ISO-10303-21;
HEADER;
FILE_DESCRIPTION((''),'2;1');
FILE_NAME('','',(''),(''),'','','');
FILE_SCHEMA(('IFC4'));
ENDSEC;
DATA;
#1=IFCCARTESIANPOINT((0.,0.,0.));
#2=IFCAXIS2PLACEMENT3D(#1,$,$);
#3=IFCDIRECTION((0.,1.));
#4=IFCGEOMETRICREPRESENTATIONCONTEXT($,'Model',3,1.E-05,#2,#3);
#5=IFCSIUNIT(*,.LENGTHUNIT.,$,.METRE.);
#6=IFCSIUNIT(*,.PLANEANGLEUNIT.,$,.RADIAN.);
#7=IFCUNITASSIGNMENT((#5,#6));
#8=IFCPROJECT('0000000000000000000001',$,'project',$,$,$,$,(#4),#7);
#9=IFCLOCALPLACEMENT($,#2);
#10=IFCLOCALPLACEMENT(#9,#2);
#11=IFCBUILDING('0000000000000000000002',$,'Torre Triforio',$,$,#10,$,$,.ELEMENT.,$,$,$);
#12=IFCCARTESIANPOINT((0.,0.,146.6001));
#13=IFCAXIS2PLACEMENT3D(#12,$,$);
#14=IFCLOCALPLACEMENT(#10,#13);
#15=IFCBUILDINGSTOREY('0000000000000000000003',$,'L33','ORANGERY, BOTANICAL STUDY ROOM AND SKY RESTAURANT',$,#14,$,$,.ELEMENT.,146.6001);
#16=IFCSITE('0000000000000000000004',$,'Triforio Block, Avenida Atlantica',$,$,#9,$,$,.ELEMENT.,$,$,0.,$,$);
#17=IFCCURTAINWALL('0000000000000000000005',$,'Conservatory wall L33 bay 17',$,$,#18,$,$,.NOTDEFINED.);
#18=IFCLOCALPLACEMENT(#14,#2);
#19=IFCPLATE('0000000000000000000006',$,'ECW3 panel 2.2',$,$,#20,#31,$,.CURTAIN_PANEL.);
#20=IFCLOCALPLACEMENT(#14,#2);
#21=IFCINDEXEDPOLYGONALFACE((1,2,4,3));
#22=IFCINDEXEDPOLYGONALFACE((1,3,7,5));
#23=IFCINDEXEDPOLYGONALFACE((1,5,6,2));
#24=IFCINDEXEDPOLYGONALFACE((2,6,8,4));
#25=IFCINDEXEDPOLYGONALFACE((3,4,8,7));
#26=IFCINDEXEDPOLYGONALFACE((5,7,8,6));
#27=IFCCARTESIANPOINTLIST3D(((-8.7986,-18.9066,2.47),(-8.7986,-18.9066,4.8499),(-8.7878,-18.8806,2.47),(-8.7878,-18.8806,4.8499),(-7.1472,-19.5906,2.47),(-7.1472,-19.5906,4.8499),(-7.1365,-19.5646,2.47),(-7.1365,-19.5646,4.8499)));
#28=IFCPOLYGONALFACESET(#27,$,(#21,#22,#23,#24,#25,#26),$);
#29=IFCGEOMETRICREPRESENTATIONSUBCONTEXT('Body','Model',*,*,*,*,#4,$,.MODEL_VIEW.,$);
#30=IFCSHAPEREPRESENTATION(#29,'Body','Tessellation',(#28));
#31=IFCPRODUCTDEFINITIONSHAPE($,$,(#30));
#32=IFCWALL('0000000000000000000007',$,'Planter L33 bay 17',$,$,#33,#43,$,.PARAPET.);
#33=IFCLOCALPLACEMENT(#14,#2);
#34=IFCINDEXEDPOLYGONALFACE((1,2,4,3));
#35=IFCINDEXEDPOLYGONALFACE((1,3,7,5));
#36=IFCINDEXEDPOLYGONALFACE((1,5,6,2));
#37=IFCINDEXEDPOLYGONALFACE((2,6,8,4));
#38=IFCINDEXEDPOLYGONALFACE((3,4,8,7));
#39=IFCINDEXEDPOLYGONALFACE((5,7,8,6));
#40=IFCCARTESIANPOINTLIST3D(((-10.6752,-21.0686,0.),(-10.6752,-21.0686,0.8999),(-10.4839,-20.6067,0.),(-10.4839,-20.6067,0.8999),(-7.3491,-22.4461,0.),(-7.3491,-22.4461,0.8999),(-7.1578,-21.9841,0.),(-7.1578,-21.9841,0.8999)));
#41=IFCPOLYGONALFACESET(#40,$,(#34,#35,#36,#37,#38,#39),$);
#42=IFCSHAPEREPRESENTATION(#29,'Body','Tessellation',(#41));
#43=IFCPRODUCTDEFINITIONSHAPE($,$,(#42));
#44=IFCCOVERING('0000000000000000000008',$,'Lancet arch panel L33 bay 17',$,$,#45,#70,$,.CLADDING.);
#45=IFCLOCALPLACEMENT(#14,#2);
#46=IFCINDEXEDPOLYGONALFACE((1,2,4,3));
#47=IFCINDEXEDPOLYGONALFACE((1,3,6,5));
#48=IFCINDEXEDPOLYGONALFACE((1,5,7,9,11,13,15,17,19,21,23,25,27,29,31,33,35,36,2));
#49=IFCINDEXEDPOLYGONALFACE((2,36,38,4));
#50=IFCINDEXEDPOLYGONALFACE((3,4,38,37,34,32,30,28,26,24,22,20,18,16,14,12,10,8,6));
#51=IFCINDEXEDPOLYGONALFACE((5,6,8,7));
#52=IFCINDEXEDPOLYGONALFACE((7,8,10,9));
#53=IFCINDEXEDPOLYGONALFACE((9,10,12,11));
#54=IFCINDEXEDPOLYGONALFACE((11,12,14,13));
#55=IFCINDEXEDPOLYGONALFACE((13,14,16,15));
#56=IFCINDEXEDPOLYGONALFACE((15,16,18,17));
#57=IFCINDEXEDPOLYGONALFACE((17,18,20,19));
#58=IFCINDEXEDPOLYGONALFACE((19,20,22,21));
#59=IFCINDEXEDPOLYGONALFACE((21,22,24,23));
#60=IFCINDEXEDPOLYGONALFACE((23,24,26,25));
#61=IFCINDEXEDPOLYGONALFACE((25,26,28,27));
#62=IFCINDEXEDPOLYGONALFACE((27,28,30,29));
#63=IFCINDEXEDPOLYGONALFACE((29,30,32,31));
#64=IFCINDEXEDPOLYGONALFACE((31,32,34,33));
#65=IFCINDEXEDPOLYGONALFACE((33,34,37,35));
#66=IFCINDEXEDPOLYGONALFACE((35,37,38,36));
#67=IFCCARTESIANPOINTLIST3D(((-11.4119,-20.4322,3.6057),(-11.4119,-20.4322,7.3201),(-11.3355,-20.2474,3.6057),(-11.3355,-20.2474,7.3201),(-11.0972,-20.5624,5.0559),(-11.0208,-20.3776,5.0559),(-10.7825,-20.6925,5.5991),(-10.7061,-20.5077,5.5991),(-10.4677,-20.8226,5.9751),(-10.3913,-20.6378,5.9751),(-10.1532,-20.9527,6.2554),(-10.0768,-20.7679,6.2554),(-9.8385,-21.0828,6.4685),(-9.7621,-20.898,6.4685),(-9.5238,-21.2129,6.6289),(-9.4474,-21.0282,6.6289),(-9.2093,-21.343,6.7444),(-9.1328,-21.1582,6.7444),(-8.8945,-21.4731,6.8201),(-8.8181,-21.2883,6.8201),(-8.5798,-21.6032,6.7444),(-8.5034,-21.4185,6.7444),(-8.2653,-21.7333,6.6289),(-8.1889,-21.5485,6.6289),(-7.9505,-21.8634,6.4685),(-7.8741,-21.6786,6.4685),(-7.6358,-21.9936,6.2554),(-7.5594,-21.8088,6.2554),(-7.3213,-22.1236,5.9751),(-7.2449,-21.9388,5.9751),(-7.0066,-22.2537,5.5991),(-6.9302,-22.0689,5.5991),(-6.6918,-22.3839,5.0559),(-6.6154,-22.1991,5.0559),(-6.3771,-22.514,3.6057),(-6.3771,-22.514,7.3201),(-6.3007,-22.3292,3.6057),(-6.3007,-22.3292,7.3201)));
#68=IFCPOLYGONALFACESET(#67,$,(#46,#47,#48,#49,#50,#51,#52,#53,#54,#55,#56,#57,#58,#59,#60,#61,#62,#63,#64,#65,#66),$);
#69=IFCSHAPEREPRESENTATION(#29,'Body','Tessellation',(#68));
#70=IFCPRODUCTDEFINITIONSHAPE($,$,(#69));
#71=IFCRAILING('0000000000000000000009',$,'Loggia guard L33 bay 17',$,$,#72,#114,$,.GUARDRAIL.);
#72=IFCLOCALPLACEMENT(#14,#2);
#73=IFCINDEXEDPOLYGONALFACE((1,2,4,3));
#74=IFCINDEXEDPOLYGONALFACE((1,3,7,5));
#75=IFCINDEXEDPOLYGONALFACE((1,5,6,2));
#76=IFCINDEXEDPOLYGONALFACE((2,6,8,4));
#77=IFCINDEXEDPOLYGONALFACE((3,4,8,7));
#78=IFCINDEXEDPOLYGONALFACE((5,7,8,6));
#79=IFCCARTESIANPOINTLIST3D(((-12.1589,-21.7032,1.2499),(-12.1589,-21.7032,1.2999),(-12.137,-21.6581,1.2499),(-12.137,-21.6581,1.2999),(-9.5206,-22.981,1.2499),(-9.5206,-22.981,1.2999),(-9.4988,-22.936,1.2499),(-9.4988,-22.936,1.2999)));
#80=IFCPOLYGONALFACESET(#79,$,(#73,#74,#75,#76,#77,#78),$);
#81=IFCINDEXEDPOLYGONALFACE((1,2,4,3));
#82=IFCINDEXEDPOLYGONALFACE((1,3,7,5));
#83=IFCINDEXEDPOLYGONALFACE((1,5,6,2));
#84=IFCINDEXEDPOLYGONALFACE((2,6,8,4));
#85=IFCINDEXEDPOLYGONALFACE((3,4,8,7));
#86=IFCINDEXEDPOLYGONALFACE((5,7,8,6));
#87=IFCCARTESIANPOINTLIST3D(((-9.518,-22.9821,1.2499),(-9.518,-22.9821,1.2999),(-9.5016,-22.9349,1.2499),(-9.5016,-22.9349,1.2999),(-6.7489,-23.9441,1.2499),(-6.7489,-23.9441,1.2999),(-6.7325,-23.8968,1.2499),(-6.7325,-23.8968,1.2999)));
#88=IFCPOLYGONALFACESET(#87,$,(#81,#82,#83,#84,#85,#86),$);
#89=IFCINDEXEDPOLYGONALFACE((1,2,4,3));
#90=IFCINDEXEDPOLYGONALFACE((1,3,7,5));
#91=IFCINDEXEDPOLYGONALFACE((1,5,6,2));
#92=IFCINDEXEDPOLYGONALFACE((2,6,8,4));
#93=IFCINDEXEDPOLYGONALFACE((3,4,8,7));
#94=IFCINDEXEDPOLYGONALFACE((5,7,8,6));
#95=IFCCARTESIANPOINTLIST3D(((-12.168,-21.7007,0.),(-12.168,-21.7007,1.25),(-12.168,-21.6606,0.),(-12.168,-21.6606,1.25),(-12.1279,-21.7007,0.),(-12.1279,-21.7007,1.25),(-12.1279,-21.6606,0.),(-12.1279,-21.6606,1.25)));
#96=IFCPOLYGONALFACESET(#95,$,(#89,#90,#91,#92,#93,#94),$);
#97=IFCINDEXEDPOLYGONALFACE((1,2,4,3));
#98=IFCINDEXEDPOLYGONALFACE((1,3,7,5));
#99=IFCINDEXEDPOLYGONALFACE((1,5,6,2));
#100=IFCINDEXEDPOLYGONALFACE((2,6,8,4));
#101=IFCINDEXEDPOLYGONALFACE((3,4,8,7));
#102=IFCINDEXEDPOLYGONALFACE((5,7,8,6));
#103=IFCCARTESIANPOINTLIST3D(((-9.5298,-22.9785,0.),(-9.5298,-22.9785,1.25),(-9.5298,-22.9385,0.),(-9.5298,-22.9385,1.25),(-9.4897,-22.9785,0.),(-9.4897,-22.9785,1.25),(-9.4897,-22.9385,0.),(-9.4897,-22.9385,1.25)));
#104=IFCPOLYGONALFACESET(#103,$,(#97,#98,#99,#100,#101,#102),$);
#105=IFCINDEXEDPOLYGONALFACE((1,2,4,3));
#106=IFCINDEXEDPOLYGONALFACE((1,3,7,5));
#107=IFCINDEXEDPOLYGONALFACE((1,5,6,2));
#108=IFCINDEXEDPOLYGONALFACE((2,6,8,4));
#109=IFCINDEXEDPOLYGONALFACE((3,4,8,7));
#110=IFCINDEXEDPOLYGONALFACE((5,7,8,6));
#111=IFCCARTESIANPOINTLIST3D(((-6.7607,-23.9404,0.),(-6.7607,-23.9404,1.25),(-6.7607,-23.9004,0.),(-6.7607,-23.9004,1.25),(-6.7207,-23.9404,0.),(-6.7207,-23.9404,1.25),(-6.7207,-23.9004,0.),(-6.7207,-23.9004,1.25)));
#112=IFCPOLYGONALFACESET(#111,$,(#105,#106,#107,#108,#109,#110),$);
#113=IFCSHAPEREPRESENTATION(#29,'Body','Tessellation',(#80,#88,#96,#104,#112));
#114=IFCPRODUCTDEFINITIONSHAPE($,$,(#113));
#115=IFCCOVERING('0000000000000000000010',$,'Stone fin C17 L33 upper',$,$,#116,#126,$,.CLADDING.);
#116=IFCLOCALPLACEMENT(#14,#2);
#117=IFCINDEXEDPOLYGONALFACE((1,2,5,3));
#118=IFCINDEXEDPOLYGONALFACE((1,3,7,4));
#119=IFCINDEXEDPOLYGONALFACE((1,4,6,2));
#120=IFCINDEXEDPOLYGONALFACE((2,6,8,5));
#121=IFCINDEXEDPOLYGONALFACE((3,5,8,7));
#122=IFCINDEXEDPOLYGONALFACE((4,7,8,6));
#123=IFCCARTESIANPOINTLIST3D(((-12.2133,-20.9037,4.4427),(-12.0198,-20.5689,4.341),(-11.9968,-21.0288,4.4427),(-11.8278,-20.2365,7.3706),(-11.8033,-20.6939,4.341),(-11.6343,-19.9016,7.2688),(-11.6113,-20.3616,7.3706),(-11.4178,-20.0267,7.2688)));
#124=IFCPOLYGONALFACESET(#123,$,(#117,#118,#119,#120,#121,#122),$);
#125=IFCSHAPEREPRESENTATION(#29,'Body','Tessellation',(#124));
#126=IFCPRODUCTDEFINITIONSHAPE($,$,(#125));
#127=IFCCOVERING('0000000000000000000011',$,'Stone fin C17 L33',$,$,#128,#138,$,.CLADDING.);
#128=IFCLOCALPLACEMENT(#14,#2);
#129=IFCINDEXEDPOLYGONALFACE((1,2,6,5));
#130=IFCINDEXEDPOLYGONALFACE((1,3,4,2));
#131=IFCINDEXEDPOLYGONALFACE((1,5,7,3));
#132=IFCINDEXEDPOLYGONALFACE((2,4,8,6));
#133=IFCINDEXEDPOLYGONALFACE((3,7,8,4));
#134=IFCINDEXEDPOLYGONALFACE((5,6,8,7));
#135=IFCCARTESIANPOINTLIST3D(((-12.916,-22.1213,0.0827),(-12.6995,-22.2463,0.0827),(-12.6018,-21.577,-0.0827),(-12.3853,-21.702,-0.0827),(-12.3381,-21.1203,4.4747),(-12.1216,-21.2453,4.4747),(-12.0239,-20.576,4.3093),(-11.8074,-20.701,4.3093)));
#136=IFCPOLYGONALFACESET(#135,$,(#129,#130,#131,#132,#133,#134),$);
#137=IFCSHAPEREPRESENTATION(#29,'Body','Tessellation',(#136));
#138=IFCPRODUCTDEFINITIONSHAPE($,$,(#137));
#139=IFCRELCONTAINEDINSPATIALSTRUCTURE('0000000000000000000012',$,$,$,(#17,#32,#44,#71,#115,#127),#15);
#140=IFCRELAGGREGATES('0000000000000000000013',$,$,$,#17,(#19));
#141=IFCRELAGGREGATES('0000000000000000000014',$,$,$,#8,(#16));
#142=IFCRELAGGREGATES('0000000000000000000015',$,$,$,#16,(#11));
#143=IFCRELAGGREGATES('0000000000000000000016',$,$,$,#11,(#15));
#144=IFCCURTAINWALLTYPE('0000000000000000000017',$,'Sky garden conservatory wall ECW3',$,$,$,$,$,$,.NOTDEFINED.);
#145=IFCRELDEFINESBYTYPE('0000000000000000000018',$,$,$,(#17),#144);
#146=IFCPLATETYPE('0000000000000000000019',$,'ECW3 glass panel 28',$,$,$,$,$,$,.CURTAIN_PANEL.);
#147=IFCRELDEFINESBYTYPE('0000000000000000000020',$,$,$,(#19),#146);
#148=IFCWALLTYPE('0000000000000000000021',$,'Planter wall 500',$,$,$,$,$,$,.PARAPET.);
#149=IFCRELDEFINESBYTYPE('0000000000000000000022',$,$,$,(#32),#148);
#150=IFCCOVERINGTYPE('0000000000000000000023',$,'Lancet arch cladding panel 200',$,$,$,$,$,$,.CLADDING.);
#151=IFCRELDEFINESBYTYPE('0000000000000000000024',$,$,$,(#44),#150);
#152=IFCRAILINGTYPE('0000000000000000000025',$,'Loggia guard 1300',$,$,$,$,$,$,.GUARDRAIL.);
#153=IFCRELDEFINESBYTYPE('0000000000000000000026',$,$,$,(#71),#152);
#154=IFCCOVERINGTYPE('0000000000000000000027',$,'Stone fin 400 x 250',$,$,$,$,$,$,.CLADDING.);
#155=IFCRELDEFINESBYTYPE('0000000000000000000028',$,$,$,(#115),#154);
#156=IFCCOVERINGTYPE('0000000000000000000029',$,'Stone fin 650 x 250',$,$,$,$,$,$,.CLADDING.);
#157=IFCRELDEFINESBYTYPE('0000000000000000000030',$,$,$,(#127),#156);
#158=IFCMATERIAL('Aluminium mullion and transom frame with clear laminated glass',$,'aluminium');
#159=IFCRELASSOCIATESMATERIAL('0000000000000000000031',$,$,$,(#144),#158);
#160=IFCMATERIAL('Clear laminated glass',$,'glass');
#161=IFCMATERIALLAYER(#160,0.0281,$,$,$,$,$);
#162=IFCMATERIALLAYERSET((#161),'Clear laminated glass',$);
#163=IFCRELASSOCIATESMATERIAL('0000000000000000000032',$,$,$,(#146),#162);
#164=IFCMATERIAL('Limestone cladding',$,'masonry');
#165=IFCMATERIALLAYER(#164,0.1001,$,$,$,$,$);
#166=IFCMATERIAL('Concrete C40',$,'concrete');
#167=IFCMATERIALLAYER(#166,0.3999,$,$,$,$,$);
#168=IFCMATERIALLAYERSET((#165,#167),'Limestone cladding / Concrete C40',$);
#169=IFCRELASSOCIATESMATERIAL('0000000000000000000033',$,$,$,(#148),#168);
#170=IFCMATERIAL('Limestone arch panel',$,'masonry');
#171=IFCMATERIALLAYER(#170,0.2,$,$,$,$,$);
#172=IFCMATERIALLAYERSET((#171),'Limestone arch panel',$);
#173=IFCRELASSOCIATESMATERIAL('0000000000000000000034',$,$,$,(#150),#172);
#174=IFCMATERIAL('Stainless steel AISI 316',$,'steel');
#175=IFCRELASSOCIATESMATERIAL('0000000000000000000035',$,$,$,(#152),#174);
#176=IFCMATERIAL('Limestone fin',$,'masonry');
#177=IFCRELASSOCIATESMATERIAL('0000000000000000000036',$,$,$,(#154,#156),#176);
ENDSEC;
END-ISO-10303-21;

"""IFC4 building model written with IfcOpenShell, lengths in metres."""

from ifc_helpers import new_model, si_unit, direction, frame, frame_2d, origin, origin_2d, place, context, subcontext, project, spatial, polyline, rectangle, outline, extrude, material, layer, layer_set, material_profile, profile_set, type_object, element, aggregate, save


model = new_model("IFC4")

# Units and contexts
model_context = context("Model", 3, precision=1e-05, world=origin(), true_north=direction((0.0, 1.0)))
body_context = subcontext(model_context, "Body", "Model", "MODEL_VIEW")
ifc_project = project(units=[si_unit("LENGTHUNIT", "METRE"), si_unit("PLANEANGLEUNIT", "RADIAN")], contexts=[model_context])

# Site, building, storey
site_placement = place(None, origin())
site = spatial("IfcSite", under=ifc_project, at=site_placement, Name="Triforio Block, Avenida Atlantica", CompositionType="ELEMENT", RefElevation=0.0)
building_placement = place(site_placement, origin())
building = spatial("IfcBuilding", under=site, at=building_placement, Name="Torre Triforio", CompositionType="ELEMENT")
storey_placement = place(building_placement, frame((0.0, 0.0, 146.6001)))
storey = spatial("IfcBuildingStorey", under=building, at=storey_placement, Name="L33", Description="ORANGERY, BOTANICAL STUDY ROOM AND SKY RESTAURANT", CompositionType="ELEMENT", Elevation=146.6001)

# Curtain wall
ifc_material_1 = material(Name="Aluminium mullion and transom frame with clear laminated glass", Category="aluminium")
curtain_wall_type = type_object("IfcCurtainWallType", Name="Sky garden conservatory wall ECW3", PredefinedType="NOTDEFINED", material=ifc_material_1)
curtain_wall_placement = place(storey_placement, origin())
curtain_wall = element("IfcCurtainWall", 1, at=curtain_wall_placement, inside=storey, type_object=curtain_wall_type, Name="Conservatory wall L33 bay 17", PredefinedType="NOTDEFINED")

# Plate
ifc_material_2 = material(Name="Clear laminated glass", Category="glass")
ifc_layer_1 = layer(ifc_material_2, 0.0281)
ifc_layer_set_1 = layer_set([ifc_layer_1], Name="Clear laminated glass")
plate_type = type_object("IfcPlateType", Name="ECW3 glass panel 28", PredefinedType="CURTAIN_PANEL", material=ifc_layer_set_1)
plate_1_placement = place(storey_placement, frame((-7.9675, -19.2356, 2.47), z_axis=(0.0, 0.0, 1.0), x_axis=(0.923883, -0.382675, 0.0)))
plate_1 = element("IfcPlate", 2, at=plate_1_placement, type_object=plate_type, Name="ECW3 panel 2.2", PredefinedType="CURTAIN_PANEL", context=body_context, shape_type="SweptSolid", body=[
    extrude(rectangle(XDim=1.7874, YDim=0.0281, at=origin_2d()), origin(), (0.0, 0.0, 1.0), 2.3799),
])
aggregate(curtain_wall, [plate_1])

# Wall
ifc_material_3 = material(Name="Limestone cladding", Category="masonry")
ifc_layer_2 = layer(ifc_material_3, 0.1001)
ifc_material_4 = material(Name="Concrete C40", Category="concrete")
ifc_layer_3 = layer(ifc_material_4, 0.3999)
ifc_layer_set_2 = layer_set([ifc_layer_2, ifc_layer_3], Name="Limestone cladding / Concrete C40")
wall_type = type_object("IfcWallType", Name="Planter wall 500", PredefinedType="PARAPET", material=ifc_layer_set_2)
wall_placement = place(storey_placement, frame((-10.5796, -20.8376, 0.0), z_axis=(0.0, 0.0, 1.0), x_axis=(0.923909, -0.382611, 0.0)))
element("IfcWall", 3, at=wall_placement, inside=storey, type_object=wall_type, Name="Planter L33 bay 17", PredefinedType="PARAPET", context=body_context, shape_type="SweptSolid", body=[
    extrude(rectangle(XDim=3.6001, YDim=0.5, at=frame_2d((1.8, 0.0))), origin(), (0.0, 0.0, 1.0), 0.8999),
])

# Covering
ifc_material_5 = material(Name="Limestone arch panel", Category="masonry")
ifc_layer_4 = layer(ifc_material_5, 0.2)
ifc_layer_set_3 = layer_set([ifc_layer_4], Name="Limestone arch panel")
covering_type_1 = type_object("IfcCoveringType", Name="Lancet arch cladding panel 200", PredefinedType="CLADDING", material=ifc_layer_set_3)
covering_1_placement = place(storey_placement, frame((-8.8181, -21.2883, 0.0), z_axis=(-0.3821, -0.924121, 0.0), x_axis=(0.924121, -0.3821, 0.0)))
element("IfcCovering", 4, at=covering_1_placement, inside=storey, type_object=covering_type_1, Name="Lancet arch panel L33 bay 17", PredefinedType="CLADDING", context=body_context, shape_type="SweptSolid", body=[
    extrude(outline(polyline([(-2.7241, 7.3201), (-2.7241, 3.6057), (-2.3835, 5.0559), (-2.043, 5.5991), (-1.7024, 5.9751), (-1.3621, 6.2554), (-1.0215, 6.4685), (-0.6809, 6.6289), (-0.3406, 6.7444), (0.0, 6.8201), (0.3406, 6.7444), (0.6809, 6.6289), (1.0215, 6.4685), (1.3621, 6.2554), (1.7024, 5.9751), (2.043, 5.5991), (2.3835, 5.0559), (2.7241, 3.6057), (2.7241, 7.3201), (-2.7241, 7.3201)])), origin(), (0.0, 0.0, 1.0), 0.2),
])

# Railing
ifc_material_6 = material(Name="Stainless steel AISI 316", Category="steel")
railing_type = type_object("IfcRailingType", Name="Loggia guard 1300", PredefinedType="GUARDRAIL", material=ifc_material_6)
railing_placement = place(storey_placement, frame((-12.1479, -21.6807, 0.0)))
element("IfcRailing", 5, at=railing_placement, inside=storey, type_object=railing_type, Name="Loggia guard L33 bay 17", PredefinedType="GUARDRAIL", context=body_context, shape_type="SweptSolid", body=[
    extrude(rectangle(XDim=0.05, YDim=0.05, at=origin_2d()), frame((0.0, 0.0, 1.2749), z_axis=(0.899986, -0.435918, 0.0), x_axis=(0.435918, 0.899986, 0.0)), (0.0, 0.0, 1.0), 2.9314),
    extrude(rectangle(XDim=0.05, YDim=0.05, at=origin_2d()), frame((2.6382, -1.2778, 1.2749), z_axis=(0.944627, -0.328146, 0.0), x_axis=(0.328146, 0.944627, 0.0)), (0.0, 0.0, 1.0), 2.9314),
    extrude(rectangle(XDim=0.04, YDim=0.04, at=origin_2d()), origin(), (0.0, 0.0, 1.0), 1.25),
    extrude(rectangle(XDim=0.04, YDim=0.04, at=origin_2d()), frame((2.6382, -1.2778, 0.0)), (0.0, 0.0, 1.0), 1.25),
    extrude(rectangle(XDim=0.04, YDim=0.04, at=origin_2d()), frame((5.4072, -2.2397, 0.0)), (0.0, 0.0, 1.0), 1.25),
])

# Coverings
ifc_material_7 = material(Name="Limestone fin", Category="masonry")
ifc_material_profile_1 = material_profile(ifc_material_7, rectangle(XDim=0.3999, YDim=0.25, at=origin_2d()), Name="FIN 400x250")
ifc_profile_set_1 = profile_set([ifc_material_profile_1], Name="Limestone fin")
covering_type_2 = type_object("IfcCoveringType", Name="Stone fin 400 x 250", PredefinedType="CLADDING", material=ifc_profile_set_1)
covering_2_placement = place(storey_placement, frame((-12.0083, -20.7988, 4.3918), z_axis=(0.127324, 0.220378, 0.967069), x_axis=(-0.483787, -0.83736, 0.254516)))
element("IfcCovering", 6, at=covering_2_placement, inside=storey, type_object=covering_type_2, Name="Stone fin C17 L33 upper", PredefinedType="CLADDING", context=body_context, shape_type="SweptSolid", body=[
    extrude(rectangle(XDim=0.3999, YDim=0.25, at=origin_2d()), origin(), (0.0, 0.0, 1.0), 3.0276),
])
ifc_material_profile_2 = material_profile(ifc_material_7, rectangle(XDim=0.6499, YDim=0.25, at=origin_2d()), Name="FIN 650x250")
ifc_profile_set_2 = profile_set([ifc_material_profile_2], Name="Limestone fin")
covering_type_3 = type_object("IfcCoveringType", Name="Stone fin 650 x 250", PredefinedType="CLADDING", material=ifc_profile_set_2)
covering_3_placement = place(storey_placement, frame((-12.6506, -21.9116, 0.0), z_axis=(0.127248, 0.220412, 0.967071), x_axis=(-0.483515, -0.83752, 0.254506)))
element("IfcCovering", 7, at=covering_3_placement, inside=storey, type_object=covering_type_3, Name="Stone fin C17 L33", PredefinedType="CLADDING", context=body_context, shape_type="SweptSolid", body=[
    extrude(rectangle(XDim=0.6499, YDim=0.25, at=origin_2d()), origin(), (0.0, 0.0, 1.0), 4.5415),
])

save(model, "model.ifc")
